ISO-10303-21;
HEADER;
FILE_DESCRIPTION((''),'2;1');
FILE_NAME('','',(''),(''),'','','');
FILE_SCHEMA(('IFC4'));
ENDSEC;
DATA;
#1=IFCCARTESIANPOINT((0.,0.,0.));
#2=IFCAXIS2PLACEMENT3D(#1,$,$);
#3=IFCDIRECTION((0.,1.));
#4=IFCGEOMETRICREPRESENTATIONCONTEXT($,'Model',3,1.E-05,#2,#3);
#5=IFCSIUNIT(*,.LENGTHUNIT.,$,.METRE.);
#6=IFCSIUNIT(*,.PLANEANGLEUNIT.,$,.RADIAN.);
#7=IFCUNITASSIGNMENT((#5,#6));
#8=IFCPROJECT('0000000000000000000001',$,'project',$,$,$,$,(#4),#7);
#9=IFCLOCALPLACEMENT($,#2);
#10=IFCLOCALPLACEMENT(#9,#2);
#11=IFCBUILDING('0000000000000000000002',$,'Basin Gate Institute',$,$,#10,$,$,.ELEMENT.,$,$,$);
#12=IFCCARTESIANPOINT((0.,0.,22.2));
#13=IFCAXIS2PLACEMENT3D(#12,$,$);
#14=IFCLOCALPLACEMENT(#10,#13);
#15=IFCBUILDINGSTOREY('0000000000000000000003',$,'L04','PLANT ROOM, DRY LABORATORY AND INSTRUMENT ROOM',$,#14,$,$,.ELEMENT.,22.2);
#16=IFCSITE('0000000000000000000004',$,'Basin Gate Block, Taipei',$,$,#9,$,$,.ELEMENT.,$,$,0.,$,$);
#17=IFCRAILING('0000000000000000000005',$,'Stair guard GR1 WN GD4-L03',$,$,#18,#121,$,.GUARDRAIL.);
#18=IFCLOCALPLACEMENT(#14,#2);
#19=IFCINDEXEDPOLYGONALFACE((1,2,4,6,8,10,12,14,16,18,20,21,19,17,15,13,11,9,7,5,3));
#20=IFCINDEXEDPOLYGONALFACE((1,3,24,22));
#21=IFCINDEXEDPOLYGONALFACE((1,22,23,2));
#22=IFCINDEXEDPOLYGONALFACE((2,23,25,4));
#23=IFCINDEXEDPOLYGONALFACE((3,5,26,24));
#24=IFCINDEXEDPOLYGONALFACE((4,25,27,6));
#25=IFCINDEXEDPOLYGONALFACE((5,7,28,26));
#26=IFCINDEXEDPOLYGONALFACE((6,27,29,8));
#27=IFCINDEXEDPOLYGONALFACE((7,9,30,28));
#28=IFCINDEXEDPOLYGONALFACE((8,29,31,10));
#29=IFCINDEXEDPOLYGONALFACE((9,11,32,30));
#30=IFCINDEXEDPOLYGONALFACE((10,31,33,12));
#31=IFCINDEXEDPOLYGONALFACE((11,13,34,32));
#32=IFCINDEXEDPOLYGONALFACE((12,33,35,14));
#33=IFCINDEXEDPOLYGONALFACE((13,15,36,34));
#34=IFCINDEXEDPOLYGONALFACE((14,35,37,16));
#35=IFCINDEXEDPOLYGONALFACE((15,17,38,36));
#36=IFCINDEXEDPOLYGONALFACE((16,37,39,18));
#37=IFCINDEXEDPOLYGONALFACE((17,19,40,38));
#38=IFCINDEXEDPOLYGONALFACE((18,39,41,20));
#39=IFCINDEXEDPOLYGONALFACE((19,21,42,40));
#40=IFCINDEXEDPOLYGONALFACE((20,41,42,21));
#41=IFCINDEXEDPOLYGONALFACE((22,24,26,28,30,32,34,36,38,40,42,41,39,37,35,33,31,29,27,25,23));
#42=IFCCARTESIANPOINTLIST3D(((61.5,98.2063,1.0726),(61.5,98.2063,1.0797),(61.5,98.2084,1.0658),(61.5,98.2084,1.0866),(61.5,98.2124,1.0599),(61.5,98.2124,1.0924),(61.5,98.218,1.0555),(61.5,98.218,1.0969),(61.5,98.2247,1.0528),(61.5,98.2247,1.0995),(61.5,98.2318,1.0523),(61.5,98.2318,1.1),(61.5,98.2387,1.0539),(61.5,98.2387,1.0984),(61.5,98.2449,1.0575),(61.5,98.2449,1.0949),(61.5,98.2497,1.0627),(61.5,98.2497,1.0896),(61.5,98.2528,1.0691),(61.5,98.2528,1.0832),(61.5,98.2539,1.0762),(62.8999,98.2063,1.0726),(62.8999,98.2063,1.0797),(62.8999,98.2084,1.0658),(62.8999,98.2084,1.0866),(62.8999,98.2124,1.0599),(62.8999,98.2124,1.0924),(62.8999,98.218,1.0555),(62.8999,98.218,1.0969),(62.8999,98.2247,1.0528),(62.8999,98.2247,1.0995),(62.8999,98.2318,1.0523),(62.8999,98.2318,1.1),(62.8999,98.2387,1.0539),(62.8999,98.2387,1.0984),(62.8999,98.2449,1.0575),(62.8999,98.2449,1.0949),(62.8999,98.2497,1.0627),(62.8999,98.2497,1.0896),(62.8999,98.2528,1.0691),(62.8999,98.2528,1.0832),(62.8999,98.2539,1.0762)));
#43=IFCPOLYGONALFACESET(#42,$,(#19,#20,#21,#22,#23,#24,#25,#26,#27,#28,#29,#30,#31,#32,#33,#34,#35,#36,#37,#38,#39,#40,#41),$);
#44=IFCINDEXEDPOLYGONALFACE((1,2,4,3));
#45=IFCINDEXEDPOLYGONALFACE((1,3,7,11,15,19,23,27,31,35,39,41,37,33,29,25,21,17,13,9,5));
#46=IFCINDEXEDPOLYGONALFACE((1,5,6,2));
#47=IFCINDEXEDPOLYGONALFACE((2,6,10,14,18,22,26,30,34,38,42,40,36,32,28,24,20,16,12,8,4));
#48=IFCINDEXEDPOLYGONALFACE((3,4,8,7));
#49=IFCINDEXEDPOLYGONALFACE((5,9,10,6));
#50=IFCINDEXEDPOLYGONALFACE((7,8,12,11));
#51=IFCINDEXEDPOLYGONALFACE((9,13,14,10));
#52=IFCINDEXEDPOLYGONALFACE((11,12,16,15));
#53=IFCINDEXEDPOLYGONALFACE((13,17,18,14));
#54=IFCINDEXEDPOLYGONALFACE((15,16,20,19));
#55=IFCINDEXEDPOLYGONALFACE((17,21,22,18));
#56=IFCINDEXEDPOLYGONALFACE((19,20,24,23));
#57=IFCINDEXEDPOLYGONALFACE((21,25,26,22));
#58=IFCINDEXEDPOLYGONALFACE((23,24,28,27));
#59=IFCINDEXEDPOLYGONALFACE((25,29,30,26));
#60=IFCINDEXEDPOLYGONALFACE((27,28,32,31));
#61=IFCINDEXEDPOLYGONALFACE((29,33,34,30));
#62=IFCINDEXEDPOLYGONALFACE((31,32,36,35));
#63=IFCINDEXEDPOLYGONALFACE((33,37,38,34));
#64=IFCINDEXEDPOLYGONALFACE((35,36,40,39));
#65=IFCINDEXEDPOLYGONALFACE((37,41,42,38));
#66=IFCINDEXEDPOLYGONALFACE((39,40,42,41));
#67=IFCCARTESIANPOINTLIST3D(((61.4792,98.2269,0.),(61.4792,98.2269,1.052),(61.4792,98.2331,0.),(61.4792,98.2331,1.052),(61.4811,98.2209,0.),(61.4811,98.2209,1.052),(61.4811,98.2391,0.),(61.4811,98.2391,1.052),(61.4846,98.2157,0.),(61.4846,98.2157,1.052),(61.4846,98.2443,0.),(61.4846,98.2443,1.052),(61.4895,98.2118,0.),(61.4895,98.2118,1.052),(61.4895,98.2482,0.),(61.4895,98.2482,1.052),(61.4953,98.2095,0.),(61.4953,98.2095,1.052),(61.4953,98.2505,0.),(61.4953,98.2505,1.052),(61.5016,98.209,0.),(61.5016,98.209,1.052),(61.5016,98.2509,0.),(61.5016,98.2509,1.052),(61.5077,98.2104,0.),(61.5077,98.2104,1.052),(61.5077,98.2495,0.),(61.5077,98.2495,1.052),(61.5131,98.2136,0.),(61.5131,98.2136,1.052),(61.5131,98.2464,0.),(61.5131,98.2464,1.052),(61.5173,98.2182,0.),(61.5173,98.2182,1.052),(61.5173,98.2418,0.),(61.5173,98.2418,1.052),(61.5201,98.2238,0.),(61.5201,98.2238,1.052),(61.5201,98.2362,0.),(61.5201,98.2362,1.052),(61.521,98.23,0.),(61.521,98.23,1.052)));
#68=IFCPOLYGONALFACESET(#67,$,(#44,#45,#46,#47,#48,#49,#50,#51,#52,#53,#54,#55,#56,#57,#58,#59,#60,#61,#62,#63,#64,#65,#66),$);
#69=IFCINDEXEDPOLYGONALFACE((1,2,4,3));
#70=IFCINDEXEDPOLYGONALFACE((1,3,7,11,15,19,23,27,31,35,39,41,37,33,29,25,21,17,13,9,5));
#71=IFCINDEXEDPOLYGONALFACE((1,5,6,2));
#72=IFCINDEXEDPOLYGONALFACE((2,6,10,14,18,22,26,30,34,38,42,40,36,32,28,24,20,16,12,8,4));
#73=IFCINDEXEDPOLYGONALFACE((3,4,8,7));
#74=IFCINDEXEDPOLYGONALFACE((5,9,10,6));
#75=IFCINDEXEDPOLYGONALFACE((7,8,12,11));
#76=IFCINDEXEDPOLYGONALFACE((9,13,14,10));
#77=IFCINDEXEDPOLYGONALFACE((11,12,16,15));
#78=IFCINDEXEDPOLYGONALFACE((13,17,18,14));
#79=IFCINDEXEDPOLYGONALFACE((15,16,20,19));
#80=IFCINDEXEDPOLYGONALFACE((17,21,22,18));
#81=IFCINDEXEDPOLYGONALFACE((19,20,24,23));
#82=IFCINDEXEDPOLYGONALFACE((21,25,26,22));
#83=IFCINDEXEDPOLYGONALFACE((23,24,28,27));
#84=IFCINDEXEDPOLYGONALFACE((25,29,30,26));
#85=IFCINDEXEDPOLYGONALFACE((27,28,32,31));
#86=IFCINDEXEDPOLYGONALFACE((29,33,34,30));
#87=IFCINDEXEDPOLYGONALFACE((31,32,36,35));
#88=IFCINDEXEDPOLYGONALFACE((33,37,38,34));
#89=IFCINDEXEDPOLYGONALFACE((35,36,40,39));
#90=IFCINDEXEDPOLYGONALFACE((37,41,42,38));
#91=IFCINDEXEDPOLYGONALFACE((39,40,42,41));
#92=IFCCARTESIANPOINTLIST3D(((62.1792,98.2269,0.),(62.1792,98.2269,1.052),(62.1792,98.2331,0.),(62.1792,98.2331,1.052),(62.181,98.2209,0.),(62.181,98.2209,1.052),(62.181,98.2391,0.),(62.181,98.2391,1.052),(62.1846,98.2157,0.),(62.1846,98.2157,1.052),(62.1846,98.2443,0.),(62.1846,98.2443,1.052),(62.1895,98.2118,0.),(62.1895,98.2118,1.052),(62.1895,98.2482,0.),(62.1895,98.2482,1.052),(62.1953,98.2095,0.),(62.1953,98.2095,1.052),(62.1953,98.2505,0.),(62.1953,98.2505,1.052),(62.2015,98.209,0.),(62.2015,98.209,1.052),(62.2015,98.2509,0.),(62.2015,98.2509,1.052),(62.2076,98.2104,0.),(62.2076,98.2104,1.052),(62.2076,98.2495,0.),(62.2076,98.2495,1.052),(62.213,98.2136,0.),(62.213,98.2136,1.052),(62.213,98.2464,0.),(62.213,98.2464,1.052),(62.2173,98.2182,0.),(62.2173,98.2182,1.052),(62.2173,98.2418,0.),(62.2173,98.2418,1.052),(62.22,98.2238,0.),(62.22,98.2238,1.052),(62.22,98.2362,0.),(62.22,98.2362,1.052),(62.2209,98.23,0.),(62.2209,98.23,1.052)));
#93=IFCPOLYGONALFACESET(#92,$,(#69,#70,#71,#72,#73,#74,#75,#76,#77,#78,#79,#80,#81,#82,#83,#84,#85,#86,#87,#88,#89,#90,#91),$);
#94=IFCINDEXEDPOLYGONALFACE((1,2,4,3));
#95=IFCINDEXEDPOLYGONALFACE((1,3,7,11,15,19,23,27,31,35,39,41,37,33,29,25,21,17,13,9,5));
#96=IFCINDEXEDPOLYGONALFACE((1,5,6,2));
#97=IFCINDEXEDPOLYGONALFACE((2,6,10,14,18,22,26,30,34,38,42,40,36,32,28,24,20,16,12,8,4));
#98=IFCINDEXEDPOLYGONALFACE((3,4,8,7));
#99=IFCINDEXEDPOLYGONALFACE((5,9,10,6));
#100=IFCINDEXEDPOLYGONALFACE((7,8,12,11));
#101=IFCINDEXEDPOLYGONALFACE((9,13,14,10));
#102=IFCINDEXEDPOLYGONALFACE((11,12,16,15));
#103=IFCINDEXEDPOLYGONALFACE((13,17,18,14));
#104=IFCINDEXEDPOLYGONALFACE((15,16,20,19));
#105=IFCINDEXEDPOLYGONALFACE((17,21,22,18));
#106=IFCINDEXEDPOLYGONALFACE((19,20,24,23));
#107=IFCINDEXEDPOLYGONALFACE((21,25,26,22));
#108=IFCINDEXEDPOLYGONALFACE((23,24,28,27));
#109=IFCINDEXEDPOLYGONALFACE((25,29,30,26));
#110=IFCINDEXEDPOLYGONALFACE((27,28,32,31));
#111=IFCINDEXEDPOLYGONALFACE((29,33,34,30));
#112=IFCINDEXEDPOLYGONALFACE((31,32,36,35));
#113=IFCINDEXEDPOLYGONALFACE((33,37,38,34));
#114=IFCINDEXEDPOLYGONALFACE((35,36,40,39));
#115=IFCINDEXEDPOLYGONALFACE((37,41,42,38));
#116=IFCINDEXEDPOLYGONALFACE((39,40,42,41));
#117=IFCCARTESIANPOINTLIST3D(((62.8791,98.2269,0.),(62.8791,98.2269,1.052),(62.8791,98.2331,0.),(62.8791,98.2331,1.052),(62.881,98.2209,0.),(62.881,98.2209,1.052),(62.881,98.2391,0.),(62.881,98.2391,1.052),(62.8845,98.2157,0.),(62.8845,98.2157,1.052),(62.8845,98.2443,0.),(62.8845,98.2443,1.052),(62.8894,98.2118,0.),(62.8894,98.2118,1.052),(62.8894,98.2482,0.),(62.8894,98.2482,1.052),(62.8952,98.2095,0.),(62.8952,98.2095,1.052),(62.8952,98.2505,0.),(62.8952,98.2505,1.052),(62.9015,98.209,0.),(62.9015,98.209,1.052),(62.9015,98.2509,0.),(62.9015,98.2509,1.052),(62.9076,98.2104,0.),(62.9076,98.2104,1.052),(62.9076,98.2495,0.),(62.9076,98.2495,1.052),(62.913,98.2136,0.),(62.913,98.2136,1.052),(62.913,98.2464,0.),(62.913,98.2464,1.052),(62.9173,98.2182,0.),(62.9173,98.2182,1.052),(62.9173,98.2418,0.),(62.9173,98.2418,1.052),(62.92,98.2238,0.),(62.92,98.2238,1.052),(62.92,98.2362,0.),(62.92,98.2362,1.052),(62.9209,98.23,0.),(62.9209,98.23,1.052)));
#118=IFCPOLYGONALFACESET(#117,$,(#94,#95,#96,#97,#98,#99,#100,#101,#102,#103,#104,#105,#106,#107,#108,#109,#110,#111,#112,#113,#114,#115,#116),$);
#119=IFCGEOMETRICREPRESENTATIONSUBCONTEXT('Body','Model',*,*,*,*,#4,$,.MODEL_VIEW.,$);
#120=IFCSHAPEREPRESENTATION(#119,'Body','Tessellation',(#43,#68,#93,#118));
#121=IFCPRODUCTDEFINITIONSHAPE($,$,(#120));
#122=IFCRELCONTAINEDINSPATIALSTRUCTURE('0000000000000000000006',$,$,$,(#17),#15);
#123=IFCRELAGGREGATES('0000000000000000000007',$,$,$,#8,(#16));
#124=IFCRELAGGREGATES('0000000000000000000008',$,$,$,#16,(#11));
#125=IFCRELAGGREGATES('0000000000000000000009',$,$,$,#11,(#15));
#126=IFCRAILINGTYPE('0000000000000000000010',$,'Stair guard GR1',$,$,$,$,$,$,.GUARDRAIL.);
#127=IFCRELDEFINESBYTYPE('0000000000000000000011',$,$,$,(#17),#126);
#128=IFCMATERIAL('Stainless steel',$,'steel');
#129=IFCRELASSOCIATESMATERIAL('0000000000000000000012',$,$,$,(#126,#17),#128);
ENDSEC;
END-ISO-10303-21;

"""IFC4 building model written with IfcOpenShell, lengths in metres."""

from ifc_helpers import new_model, si_unit, direction, frame, origin, origin_2d, place, context, subcontext, project, spatial, circle, extrude, material, type_object, element, save


model = new_model("IFC4")

# Units and contexts
model_context = context("Model", 3, precision=1e-05, world=origin(), true_north=direction((0.0, 1.0)))
body_context = subcontext(model_context, "Body", "Model", "MODEL_VIEW")
ifc_project = project(units=[si_unit("LENGTHUNIT", "METRE"), si_unit("PLANEANGLEUNIT", "RADIAN")], contexts=[model_context])

# Site, building, storey
site_placement = place(None, origin())
site = spatial("IfcSite", under=ifc_project, at=site_placement, Name="Basin Gate Block, Taipei", CompositionType="ELEMENT", RefElevation=0.0)
building_placement = place(site_placement, origin())
building = spatial("IfcBuilding", under=site, at=building_placement, Name="Basin Gate Institute", CompositionType="ELEMENT")
storey_placement = place(building_placement, frame((0.0, 0.0, 22.2)))
storey = spatial("IfcBuildingStorey", under=building, at=storey_placement, Name="L04", Description="PLANT ROOM, DRY LABORATORY AND INSTRUMENT ROOM", CompositionType="ELEMENT", Elevation=22.2)

# Railing
ifc_material_1 = material(Name="Stainless steel", Category="steel")
railing_type_1 = type_object("IfcRailingType", Name="Stair guard GR1", PredefinedType="GUARDRAIL", material=ifc_material_1)
railing_1_placement = place(storey_placement, frame((61.5, 98.23, 0.0)))
element("IfcRailing", 1, at=railing_1_placement, inside=storey, type_object=railing_type_1, material=ifc_material_1, Name="Stair guard GR1 WN GD4-L03", PredefinedType="GUARDRAIL", context=body_context, shape_type="SweptSolid", body=[
    extrude(circle(Radius=0.0239, at=origin_2d()), frame((0.0, 0.0, 1.0762), z_axis=(1.0, 0.0, 0.0), x_axis=(0.0, 1.0, 0.0)), (0.0, 0.0, 1.0), 1.3999),
    extrude(circle(Radius=0.021, at=origin_2d()), origin(), (0.0, 0.0, 1.0), 1.052),
    extrude(circle(Radius=0.021, at=origin_2d()), frame((0.7, 0.0, 0.0)), (0.0, 0.0, 1.0), 1.052),
    extrude(circle(Radius=0.021, at=origin_2d()), frame((1.3999, 0.0, 0.0)), (0.0, 0.0, 1.0), 1.052),
])

save(model, "model.ifc")
